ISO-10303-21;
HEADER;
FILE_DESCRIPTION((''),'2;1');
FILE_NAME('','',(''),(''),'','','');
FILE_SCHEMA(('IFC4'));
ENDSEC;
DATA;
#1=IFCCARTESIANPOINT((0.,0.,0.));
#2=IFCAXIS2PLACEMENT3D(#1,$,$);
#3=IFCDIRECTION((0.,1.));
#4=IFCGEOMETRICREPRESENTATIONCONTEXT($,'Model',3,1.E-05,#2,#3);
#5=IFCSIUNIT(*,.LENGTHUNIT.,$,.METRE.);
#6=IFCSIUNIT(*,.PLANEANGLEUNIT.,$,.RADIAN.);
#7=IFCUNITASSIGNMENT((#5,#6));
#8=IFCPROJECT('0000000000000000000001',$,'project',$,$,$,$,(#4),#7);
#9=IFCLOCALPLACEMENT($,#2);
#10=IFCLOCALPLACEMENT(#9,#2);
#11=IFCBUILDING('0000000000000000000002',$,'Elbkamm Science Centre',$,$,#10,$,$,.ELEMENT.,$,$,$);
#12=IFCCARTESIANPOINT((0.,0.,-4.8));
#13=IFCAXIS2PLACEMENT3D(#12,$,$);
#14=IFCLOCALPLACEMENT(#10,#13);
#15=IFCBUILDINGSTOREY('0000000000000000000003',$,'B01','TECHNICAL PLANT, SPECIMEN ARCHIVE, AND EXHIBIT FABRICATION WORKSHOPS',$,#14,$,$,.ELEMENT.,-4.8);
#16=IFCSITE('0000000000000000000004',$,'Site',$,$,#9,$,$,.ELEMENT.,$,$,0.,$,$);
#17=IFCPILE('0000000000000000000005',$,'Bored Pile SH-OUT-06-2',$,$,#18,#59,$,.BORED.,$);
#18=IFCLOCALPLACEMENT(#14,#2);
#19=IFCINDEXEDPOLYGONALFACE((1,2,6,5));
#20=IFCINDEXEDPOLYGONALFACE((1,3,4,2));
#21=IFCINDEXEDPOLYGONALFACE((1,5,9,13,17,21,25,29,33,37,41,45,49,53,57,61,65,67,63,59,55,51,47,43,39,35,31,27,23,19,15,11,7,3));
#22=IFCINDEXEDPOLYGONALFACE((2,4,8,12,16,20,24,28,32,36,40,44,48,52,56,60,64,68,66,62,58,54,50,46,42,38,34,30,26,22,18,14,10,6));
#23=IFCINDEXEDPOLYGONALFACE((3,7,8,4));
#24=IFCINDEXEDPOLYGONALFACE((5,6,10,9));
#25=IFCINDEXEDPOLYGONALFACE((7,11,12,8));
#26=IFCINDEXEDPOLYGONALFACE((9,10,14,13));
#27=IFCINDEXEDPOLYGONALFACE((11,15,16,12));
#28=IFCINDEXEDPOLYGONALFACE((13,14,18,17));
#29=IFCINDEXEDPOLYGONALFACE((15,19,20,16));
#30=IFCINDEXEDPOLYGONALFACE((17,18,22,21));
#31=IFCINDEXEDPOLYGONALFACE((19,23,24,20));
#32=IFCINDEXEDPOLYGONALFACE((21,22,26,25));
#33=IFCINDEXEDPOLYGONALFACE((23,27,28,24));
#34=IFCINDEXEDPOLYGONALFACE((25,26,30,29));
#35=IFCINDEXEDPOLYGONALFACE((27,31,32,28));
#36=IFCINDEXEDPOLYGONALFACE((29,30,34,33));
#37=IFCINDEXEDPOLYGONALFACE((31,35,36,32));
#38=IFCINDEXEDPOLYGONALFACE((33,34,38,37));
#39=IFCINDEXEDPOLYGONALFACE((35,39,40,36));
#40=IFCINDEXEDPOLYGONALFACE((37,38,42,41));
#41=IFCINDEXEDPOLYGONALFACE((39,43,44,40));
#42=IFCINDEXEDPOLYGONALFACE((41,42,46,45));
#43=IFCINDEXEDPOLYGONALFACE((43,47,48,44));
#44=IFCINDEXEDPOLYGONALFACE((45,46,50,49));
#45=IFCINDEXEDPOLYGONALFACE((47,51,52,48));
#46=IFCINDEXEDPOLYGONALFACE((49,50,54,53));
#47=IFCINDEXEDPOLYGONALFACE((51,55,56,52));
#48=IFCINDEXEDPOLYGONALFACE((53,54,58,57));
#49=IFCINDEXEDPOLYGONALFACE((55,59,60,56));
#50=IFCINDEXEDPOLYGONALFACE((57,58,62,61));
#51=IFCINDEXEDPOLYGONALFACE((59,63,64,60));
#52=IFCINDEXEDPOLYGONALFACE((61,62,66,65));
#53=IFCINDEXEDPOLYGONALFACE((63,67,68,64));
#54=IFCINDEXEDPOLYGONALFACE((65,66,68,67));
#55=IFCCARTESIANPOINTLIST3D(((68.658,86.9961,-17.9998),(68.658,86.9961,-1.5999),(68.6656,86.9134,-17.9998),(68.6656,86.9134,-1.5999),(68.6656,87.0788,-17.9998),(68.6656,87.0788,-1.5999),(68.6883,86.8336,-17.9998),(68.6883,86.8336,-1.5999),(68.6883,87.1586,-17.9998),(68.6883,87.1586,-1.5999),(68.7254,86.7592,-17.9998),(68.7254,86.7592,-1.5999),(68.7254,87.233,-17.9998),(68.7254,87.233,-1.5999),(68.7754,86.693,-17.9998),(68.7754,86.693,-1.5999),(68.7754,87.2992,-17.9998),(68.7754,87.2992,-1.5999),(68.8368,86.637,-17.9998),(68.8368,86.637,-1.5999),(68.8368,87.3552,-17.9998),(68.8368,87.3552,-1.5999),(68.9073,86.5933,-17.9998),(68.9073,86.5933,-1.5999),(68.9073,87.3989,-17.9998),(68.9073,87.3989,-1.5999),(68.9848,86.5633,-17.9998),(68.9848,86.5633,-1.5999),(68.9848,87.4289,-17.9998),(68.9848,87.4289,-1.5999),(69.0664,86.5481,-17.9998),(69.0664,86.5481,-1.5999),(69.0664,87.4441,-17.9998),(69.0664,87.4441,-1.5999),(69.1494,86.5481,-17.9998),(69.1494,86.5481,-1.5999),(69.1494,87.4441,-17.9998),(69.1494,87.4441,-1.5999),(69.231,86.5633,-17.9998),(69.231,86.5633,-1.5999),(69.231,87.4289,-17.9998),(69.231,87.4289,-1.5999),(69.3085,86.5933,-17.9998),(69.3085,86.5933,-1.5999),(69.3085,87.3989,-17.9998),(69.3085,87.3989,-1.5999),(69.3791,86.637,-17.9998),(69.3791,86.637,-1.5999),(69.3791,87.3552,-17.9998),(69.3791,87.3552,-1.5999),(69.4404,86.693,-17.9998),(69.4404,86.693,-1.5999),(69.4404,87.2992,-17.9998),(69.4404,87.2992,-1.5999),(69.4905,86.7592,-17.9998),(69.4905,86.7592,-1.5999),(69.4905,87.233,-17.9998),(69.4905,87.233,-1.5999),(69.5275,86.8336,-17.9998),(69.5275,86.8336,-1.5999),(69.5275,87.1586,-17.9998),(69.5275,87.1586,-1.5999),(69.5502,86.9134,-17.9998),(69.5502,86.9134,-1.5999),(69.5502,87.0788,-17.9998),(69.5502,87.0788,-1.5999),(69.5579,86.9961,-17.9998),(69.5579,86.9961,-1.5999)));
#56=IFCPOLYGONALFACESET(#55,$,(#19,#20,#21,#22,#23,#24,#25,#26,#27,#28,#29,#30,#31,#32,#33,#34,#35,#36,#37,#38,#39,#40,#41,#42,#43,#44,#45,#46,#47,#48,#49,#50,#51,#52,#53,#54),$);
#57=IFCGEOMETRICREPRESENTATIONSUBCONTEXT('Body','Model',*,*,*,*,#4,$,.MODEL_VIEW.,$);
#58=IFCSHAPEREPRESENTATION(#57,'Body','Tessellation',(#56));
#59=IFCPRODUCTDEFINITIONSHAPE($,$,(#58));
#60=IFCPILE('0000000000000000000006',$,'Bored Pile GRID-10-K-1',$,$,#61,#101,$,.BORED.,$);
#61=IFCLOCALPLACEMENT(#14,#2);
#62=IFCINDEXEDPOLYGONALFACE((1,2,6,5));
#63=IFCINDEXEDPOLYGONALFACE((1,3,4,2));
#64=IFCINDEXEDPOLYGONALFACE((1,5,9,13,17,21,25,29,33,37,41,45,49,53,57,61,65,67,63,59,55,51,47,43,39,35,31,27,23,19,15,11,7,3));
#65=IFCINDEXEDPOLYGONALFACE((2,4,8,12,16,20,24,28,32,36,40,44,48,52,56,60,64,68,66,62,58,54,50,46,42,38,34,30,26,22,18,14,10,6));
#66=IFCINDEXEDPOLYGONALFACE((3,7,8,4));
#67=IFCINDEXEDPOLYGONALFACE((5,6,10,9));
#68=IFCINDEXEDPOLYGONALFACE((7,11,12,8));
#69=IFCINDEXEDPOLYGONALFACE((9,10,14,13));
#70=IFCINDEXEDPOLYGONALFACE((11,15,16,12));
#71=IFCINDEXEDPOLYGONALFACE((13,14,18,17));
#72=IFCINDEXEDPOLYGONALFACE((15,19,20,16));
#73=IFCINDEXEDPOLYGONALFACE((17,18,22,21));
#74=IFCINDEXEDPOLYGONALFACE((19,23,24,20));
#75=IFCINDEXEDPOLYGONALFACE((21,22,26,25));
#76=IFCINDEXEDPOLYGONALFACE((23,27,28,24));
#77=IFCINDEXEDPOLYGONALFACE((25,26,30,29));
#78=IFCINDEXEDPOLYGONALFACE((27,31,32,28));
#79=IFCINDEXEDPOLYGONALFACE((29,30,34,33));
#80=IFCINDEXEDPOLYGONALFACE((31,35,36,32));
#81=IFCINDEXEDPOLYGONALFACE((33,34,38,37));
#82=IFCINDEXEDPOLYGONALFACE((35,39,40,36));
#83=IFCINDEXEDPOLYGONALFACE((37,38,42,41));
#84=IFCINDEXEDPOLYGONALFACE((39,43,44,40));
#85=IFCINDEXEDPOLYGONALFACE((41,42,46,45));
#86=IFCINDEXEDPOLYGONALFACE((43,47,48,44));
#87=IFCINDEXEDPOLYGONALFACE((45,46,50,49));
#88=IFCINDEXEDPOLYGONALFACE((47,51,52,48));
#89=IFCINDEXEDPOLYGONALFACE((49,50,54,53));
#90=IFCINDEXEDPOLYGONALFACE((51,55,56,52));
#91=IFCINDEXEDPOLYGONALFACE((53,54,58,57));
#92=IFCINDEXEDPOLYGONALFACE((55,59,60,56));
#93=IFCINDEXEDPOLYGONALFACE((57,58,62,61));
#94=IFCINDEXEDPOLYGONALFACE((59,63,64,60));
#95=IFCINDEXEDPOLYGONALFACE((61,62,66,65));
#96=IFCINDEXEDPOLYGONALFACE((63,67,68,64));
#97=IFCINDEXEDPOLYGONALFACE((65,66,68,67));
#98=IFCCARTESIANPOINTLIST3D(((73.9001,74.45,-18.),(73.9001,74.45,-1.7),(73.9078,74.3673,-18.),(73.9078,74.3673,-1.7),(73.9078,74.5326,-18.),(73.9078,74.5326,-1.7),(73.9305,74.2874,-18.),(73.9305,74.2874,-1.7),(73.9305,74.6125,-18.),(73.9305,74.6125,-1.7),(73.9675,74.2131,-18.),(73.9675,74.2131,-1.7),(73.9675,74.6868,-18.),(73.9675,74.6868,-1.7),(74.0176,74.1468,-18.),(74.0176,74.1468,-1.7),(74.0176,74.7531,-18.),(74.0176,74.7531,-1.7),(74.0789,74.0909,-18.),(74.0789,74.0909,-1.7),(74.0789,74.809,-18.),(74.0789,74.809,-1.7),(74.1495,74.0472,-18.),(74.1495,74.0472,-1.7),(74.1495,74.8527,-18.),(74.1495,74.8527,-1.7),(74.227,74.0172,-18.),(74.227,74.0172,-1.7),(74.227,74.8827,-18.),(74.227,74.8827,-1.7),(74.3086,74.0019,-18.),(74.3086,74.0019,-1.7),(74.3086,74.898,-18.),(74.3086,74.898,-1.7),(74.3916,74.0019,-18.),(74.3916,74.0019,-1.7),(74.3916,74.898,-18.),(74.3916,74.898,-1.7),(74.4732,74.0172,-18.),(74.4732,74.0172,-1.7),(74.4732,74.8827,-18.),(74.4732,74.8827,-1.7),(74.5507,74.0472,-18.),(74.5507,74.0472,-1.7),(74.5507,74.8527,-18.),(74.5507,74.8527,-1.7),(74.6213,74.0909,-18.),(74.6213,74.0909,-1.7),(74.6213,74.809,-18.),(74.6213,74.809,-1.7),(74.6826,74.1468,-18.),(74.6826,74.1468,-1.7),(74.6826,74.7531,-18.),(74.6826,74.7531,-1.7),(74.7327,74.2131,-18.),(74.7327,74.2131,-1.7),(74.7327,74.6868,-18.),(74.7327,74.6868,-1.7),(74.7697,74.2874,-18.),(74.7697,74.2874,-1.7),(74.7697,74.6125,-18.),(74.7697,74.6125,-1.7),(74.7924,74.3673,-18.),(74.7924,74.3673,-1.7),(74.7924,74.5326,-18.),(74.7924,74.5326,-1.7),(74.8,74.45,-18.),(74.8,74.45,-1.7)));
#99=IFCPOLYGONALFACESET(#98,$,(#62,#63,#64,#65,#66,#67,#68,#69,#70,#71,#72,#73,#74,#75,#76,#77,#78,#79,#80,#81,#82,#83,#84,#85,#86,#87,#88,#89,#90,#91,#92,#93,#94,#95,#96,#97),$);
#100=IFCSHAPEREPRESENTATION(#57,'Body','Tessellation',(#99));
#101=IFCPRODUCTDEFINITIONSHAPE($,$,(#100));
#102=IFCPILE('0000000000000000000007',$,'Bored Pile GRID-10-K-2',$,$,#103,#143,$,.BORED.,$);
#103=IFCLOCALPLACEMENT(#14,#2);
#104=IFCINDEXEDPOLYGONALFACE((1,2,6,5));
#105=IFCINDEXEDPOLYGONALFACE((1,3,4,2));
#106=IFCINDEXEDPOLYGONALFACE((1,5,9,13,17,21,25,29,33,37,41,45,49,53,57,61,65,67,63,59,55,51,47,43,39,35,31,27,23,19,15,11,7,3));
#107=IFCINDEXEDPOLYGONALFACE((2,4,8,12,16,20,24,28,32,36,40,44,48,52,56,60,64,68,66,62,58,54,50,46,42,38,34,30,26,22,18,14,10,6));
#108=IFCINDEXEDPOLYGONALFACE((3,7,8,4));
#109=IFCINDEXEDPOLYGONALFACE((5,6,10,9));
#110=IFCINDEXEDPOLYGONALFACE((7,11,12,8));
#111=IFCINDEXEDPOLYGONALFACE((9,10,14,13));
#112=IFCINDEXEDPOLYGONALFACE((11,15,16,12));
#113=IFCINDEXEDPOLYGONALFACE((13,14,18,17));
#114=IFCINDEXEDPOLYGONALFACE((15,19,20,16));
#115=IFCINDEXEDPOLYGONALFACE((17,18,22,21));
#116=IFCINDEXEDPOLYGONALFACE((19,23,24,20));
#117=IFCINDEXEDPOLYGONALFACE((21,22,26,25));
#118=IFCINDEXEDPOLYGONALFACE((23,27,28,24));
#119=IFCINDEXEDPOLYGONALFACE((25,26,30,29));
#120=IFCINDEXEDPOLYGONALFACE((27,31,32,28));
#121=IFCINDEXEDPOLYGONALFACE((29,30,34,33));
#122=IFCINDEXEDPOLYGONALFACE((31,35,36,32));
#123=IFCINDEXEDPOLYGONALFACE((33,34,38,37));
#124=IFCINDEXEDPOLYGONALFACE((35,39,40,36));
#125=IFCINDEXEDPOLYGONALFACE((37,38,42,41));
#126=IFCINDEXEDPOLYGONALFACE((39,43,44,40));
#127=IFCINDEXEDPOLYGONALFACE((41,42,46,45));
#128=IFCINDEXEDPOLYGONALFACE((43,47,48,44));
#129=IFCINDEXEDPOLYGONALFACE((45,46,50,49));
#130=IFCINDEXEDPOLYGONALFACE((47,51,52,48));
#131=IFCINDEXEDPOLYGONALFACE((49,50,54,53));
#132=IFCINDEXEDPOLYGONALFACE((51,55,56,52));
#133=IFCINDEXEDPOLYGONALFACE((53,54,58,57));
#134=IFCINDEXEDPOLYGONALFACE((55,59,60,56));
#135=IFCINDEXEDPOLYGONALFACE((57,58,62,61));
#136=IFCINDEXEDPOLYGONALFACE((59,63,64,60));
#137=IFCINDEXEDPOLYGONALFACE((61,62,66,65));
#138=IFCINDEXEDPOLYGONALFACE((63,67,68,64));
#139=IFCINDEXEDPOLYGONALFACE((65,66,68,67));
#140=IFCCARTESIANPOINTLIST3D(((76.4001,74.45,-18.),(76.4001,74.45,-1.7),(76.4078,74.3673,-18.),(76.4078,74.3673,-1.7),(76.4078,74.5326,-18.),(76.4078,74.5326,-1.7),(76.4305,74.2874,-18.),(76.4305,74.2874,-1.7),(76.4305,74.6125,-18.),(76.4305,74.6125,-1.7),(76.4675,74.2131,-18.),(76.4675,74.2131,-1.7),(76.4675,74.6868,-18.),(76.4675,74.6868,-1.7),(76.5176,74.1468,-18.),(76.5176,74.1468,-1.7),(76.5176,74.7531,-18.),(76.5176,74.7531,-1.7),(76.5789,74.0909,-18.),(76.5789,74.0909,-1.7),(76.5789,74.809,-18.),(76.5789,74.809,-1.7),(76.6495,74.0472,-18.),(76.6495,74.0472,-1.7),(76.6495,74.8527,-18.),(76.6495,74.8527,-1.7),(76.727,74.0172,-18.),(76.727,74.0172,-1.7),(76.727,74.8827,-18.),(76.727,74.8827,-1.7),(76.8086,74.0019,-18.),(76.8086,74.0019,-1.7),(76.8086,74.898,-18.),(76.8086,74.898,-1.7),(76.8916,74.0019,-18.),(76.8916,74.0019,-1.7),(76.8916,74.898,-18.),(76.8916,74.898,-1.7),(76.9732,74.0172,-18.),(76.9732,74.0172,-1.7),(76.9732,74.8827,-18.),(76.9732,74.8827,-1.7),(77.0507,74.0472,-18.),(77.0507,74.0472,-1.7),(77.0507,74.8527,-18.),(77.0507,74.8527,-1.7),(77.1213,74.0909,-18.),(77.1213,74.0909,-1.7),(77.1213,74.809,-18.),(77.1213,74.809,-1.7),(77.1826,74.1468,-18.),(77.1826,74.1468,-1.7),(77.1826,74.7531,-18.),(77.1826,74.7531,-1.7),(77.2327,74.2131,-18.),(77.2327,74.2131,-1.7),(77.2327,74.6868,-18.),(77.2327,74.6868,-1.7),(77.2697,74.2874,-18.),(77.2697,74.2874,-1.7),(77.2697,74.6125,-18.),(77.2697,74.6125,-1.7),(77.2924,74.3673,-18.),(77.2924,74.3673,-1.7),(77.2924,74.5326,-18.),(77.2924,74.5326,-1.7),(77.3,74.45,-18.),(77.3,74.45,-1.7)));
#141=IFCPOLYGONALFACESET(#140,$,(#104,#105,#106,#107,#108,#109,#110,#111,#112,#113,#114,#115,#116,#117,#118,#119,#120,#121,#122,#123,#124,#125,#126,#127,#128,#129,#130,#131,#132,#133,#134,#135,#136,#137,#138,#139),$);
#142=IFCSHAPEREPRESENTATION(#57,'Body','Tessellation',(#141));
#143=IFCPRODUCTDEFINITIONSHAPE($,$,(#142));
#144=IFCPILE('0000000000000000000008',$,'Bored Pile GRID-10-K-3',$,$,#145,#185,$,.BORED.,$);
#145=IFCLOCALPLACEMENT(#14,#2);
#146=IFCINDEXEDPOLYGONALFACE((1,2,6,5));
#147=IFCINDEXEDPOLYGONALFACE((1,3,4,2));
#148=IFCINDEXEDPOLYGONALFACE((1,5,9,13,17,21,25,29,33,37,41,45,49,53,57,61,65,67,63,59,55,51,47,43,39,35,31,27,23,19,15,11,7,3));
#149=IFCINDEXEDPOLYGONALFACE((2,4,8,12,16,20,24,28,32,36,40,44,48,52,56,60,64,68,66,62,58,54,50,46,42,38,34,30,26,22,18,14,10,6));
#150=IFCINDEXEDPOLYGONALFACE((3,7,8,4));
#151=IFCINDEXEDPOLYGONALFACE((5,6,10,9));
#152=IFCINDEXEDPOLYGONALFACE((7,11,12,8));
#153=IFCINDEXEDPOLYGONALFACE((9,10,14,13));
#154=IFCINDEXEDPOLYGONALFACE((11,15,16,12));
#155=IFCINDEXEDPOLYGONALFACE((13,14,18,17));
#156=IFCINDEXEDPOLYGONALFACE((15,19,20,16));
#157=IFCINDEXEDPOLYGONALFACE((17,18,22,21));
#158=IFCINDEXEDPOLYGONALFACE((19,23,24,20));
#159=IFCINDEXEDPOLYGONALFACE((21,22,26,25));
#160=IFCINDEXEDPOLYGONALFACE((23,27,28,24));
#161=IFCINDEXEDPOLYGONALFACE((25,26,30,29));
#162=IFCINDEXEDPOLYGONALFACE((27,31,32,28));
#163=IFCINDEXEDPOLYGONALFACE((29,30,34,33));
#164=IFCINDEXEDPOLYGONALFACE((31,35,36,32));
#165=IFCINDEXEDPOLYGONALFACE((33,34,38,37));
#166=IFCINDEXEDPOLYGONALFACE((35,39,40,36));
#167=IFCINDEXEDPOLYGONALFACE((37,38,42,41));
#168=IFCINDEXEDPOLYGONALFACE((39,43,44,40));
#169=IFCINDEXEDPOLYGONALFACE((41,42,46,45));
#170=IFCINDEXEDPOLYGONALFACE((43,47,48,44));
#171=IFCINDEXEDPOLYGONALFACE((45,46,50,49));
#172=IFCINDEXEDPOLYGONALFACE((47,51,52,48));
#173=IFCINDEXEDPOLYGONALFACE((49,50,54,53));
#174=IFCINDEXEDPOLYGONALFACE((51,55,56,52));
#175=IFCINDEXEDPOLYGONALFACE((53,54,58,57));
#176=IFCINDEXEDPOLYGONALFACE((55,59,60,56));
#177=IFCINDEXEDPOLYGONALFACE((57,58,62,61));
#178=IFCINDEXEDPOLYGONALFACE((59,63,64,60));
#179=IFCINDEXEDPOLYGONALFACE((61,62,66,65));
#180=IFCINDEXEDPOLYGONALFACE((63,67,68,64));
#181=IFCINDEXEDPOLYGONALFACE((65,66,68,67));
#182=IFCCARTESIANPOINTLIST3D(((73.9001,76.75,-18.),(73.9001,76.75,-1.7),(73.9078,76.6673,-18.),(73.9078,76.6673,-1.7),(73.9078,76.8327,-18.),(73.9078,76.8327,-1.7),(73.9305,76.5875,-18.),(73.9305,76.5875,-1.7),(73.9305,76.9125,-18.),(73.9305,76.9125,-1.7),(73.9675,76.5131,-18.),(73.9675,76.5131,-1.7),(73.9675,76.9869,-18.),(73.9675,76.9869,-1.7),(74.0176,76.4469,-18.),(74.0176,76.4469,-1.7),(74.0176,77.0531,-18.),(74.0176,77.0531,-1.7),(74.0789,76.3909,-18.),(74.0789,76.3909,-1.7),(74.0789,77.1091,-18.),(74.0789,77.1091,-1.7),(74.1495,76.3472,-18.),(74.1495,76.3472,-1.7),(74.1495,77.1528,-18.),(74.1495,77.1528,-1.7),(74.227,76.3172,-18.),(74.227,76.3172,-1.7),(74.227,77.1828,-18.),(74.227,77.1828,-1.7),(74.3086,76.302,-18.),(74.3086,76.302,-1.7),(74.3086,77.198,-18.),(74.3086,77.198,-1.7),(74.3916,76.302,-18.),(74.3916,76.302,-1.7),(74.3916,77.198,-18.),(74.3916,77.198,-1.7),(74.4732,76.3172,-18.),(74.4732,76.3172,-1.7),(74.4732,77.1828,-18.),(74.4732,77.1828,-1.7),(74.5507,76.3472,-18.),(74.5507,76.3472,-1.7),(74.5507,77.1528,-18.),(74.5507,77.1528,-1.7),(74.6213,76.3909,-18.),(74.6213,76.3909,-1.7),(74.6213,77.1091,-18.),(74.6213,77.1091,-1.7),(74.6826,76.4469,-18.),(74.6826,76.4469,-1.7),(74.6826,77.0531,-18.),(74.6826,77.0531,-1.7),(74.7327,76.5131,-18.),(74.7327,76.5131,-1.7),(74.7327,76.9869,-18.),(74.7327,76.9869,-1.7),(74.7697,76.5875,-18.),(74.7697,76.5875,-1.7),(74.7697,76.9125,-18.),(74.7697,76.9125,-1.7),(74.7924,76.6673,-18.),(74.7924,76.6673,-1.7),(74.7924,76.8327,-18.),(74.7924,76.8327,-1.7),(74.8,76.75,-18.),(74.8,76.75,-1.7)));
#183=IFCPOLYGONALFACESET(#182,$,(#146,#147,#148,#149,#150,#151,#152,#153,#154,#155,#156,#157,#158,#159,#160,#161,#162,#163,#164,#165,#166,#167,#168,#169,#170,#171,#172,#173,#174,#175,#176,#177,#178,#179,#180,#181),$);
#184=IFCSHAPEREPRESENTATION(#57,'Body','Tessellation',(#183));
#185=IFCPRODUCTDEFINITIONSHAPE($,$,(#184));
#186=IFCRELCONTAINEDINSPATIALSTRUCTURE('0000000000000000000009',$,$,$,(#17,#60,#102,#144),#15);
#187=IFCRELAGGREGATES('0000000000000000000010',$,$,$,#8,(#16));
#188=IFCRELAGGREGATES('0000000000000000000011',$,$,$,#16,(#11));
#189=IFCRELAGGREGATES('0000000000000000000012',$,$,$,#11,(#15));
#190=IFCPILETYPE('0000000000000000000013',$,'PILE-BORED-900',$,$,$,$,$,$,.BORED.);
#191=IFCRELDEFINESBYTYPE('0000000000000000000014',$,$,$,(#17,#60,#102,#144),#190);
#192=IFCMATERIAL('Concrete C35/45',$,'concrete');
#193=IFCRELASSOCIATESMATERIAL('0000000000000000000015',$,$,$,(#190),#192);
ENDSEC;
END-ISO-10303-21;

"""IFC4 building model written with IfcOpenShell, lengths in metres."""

from ifc_helpers import new_model, si_unit, direction, frame, origin, origin_2d, place, context, subcontext, project, spatial, circle, extrude, material, material_profile, profile_set, type_object, element, save


model = new_model("IFC4")

# Units and contexts
model_context = context("Model", 3, precision=1e-05, world=origin(), true_north=direction((0.0, 1.0)))
body_context = subcontext(model_context, "Body", "Model", "MODEL_VIEW")
ifc_project = project(units=[si_unit("LENGTHUNIT", "METRE"), si_unit("PLANEANGLEUNIT", "RADIAN")], contexts=[model_context])

# Site, building, storey
site_placement = place(None, origin())
site = spatial("IfcSite", under=ifc_project, at=site_placement, Name="Site", CompositionType="ELEMENT", RefElevation=0.0)
building_placement = place(site_placement, origin())
building = spatial("IfcBuilding", under=site, at=building_placement, Name="Elbkamm Science Centre", CompositionType="ELEMENT")
storey_placement = place(building_placement, frame((0.0, 0.0, -4.8)))
storey = spatial("IfcBuildingStorey", under=building, at=storey_placement, Name="B01", Description="TECHNICAL PLANT, SPECIMEN ARCHIVE, AND EXHIBIT FABRICATION WORKSHOPS", CompositionType="ELEMENT", Elevation=-4.8)

# Shared definitions
ifc_material_1 = material(Name="Concrete C35/45", Category="concrete")

# Piles
ifc_material_profile_1 = material_profile(ifc_material_1, circle(Radius=0.45, at=origin_2d()), Name="PILE D900")
ifc_profile_set_1 = profile_set([ifc_material_profile_1], Name="Concrete C35/45")
pile_type = type_object("IfcPileType", Name="PILE-BORED-900", PredefinedType="BORED", material=ifc_profile_set_1)
pile_1_placement = place(storey_placement, frame((69.1079, 86.9961, -1.5999), z_axis=(0.0, 0.0, -1.0), x_axis=(1.0, 0.0, 0.0)))
element("IfcPile", 1, at=pile_1_placement, inside=storey, type_object=pile_type, Name="Bored Pile SH-OUT-06-2", PredefinedType="BORED", context=body_context, shape_type="SweptSolid", body=[
    extrude(circle(Radius=0.45, at=origin_2d()), origin(), (0.0, 0.0, 1.0), 16.3999),
])
for number, where, z_axis, x_axis, name in (
    (2, (74.3501, 74.45, -1.7), (0.0, 0.0, -1.0), (1.0, 0.0, 0.0), "Bored Pile GRID-10-K-1"),
    (3, (76.8501, 74.45, -1.7), (0.0, 0.0, -1.0), (1.0, 0.0, 0.0), "Bored Pile GRID-10-K-2"),
    (4, (74.3501, 76.75, -1.7), (0.0, 0.0, -1.0), (1.0, 0.0, 0.0), "Bored Pile GRID-10-K-3"),
):
    element("IfcPile", number, at=place(storey_placement, frame(where, z_axis=z_axis, x_axis=x_axis)), inside=storey, type_object=pile_type, Name=name, PredefinedType="BORED", context=body_context, shape_type="SweptSolid", body=[
        extrude(circle(Radius=0.45, at=origin_2d()), origin(), (0.0, 0.0, 1.0), 16.3),
    ])

save(model, "model.ifc")
